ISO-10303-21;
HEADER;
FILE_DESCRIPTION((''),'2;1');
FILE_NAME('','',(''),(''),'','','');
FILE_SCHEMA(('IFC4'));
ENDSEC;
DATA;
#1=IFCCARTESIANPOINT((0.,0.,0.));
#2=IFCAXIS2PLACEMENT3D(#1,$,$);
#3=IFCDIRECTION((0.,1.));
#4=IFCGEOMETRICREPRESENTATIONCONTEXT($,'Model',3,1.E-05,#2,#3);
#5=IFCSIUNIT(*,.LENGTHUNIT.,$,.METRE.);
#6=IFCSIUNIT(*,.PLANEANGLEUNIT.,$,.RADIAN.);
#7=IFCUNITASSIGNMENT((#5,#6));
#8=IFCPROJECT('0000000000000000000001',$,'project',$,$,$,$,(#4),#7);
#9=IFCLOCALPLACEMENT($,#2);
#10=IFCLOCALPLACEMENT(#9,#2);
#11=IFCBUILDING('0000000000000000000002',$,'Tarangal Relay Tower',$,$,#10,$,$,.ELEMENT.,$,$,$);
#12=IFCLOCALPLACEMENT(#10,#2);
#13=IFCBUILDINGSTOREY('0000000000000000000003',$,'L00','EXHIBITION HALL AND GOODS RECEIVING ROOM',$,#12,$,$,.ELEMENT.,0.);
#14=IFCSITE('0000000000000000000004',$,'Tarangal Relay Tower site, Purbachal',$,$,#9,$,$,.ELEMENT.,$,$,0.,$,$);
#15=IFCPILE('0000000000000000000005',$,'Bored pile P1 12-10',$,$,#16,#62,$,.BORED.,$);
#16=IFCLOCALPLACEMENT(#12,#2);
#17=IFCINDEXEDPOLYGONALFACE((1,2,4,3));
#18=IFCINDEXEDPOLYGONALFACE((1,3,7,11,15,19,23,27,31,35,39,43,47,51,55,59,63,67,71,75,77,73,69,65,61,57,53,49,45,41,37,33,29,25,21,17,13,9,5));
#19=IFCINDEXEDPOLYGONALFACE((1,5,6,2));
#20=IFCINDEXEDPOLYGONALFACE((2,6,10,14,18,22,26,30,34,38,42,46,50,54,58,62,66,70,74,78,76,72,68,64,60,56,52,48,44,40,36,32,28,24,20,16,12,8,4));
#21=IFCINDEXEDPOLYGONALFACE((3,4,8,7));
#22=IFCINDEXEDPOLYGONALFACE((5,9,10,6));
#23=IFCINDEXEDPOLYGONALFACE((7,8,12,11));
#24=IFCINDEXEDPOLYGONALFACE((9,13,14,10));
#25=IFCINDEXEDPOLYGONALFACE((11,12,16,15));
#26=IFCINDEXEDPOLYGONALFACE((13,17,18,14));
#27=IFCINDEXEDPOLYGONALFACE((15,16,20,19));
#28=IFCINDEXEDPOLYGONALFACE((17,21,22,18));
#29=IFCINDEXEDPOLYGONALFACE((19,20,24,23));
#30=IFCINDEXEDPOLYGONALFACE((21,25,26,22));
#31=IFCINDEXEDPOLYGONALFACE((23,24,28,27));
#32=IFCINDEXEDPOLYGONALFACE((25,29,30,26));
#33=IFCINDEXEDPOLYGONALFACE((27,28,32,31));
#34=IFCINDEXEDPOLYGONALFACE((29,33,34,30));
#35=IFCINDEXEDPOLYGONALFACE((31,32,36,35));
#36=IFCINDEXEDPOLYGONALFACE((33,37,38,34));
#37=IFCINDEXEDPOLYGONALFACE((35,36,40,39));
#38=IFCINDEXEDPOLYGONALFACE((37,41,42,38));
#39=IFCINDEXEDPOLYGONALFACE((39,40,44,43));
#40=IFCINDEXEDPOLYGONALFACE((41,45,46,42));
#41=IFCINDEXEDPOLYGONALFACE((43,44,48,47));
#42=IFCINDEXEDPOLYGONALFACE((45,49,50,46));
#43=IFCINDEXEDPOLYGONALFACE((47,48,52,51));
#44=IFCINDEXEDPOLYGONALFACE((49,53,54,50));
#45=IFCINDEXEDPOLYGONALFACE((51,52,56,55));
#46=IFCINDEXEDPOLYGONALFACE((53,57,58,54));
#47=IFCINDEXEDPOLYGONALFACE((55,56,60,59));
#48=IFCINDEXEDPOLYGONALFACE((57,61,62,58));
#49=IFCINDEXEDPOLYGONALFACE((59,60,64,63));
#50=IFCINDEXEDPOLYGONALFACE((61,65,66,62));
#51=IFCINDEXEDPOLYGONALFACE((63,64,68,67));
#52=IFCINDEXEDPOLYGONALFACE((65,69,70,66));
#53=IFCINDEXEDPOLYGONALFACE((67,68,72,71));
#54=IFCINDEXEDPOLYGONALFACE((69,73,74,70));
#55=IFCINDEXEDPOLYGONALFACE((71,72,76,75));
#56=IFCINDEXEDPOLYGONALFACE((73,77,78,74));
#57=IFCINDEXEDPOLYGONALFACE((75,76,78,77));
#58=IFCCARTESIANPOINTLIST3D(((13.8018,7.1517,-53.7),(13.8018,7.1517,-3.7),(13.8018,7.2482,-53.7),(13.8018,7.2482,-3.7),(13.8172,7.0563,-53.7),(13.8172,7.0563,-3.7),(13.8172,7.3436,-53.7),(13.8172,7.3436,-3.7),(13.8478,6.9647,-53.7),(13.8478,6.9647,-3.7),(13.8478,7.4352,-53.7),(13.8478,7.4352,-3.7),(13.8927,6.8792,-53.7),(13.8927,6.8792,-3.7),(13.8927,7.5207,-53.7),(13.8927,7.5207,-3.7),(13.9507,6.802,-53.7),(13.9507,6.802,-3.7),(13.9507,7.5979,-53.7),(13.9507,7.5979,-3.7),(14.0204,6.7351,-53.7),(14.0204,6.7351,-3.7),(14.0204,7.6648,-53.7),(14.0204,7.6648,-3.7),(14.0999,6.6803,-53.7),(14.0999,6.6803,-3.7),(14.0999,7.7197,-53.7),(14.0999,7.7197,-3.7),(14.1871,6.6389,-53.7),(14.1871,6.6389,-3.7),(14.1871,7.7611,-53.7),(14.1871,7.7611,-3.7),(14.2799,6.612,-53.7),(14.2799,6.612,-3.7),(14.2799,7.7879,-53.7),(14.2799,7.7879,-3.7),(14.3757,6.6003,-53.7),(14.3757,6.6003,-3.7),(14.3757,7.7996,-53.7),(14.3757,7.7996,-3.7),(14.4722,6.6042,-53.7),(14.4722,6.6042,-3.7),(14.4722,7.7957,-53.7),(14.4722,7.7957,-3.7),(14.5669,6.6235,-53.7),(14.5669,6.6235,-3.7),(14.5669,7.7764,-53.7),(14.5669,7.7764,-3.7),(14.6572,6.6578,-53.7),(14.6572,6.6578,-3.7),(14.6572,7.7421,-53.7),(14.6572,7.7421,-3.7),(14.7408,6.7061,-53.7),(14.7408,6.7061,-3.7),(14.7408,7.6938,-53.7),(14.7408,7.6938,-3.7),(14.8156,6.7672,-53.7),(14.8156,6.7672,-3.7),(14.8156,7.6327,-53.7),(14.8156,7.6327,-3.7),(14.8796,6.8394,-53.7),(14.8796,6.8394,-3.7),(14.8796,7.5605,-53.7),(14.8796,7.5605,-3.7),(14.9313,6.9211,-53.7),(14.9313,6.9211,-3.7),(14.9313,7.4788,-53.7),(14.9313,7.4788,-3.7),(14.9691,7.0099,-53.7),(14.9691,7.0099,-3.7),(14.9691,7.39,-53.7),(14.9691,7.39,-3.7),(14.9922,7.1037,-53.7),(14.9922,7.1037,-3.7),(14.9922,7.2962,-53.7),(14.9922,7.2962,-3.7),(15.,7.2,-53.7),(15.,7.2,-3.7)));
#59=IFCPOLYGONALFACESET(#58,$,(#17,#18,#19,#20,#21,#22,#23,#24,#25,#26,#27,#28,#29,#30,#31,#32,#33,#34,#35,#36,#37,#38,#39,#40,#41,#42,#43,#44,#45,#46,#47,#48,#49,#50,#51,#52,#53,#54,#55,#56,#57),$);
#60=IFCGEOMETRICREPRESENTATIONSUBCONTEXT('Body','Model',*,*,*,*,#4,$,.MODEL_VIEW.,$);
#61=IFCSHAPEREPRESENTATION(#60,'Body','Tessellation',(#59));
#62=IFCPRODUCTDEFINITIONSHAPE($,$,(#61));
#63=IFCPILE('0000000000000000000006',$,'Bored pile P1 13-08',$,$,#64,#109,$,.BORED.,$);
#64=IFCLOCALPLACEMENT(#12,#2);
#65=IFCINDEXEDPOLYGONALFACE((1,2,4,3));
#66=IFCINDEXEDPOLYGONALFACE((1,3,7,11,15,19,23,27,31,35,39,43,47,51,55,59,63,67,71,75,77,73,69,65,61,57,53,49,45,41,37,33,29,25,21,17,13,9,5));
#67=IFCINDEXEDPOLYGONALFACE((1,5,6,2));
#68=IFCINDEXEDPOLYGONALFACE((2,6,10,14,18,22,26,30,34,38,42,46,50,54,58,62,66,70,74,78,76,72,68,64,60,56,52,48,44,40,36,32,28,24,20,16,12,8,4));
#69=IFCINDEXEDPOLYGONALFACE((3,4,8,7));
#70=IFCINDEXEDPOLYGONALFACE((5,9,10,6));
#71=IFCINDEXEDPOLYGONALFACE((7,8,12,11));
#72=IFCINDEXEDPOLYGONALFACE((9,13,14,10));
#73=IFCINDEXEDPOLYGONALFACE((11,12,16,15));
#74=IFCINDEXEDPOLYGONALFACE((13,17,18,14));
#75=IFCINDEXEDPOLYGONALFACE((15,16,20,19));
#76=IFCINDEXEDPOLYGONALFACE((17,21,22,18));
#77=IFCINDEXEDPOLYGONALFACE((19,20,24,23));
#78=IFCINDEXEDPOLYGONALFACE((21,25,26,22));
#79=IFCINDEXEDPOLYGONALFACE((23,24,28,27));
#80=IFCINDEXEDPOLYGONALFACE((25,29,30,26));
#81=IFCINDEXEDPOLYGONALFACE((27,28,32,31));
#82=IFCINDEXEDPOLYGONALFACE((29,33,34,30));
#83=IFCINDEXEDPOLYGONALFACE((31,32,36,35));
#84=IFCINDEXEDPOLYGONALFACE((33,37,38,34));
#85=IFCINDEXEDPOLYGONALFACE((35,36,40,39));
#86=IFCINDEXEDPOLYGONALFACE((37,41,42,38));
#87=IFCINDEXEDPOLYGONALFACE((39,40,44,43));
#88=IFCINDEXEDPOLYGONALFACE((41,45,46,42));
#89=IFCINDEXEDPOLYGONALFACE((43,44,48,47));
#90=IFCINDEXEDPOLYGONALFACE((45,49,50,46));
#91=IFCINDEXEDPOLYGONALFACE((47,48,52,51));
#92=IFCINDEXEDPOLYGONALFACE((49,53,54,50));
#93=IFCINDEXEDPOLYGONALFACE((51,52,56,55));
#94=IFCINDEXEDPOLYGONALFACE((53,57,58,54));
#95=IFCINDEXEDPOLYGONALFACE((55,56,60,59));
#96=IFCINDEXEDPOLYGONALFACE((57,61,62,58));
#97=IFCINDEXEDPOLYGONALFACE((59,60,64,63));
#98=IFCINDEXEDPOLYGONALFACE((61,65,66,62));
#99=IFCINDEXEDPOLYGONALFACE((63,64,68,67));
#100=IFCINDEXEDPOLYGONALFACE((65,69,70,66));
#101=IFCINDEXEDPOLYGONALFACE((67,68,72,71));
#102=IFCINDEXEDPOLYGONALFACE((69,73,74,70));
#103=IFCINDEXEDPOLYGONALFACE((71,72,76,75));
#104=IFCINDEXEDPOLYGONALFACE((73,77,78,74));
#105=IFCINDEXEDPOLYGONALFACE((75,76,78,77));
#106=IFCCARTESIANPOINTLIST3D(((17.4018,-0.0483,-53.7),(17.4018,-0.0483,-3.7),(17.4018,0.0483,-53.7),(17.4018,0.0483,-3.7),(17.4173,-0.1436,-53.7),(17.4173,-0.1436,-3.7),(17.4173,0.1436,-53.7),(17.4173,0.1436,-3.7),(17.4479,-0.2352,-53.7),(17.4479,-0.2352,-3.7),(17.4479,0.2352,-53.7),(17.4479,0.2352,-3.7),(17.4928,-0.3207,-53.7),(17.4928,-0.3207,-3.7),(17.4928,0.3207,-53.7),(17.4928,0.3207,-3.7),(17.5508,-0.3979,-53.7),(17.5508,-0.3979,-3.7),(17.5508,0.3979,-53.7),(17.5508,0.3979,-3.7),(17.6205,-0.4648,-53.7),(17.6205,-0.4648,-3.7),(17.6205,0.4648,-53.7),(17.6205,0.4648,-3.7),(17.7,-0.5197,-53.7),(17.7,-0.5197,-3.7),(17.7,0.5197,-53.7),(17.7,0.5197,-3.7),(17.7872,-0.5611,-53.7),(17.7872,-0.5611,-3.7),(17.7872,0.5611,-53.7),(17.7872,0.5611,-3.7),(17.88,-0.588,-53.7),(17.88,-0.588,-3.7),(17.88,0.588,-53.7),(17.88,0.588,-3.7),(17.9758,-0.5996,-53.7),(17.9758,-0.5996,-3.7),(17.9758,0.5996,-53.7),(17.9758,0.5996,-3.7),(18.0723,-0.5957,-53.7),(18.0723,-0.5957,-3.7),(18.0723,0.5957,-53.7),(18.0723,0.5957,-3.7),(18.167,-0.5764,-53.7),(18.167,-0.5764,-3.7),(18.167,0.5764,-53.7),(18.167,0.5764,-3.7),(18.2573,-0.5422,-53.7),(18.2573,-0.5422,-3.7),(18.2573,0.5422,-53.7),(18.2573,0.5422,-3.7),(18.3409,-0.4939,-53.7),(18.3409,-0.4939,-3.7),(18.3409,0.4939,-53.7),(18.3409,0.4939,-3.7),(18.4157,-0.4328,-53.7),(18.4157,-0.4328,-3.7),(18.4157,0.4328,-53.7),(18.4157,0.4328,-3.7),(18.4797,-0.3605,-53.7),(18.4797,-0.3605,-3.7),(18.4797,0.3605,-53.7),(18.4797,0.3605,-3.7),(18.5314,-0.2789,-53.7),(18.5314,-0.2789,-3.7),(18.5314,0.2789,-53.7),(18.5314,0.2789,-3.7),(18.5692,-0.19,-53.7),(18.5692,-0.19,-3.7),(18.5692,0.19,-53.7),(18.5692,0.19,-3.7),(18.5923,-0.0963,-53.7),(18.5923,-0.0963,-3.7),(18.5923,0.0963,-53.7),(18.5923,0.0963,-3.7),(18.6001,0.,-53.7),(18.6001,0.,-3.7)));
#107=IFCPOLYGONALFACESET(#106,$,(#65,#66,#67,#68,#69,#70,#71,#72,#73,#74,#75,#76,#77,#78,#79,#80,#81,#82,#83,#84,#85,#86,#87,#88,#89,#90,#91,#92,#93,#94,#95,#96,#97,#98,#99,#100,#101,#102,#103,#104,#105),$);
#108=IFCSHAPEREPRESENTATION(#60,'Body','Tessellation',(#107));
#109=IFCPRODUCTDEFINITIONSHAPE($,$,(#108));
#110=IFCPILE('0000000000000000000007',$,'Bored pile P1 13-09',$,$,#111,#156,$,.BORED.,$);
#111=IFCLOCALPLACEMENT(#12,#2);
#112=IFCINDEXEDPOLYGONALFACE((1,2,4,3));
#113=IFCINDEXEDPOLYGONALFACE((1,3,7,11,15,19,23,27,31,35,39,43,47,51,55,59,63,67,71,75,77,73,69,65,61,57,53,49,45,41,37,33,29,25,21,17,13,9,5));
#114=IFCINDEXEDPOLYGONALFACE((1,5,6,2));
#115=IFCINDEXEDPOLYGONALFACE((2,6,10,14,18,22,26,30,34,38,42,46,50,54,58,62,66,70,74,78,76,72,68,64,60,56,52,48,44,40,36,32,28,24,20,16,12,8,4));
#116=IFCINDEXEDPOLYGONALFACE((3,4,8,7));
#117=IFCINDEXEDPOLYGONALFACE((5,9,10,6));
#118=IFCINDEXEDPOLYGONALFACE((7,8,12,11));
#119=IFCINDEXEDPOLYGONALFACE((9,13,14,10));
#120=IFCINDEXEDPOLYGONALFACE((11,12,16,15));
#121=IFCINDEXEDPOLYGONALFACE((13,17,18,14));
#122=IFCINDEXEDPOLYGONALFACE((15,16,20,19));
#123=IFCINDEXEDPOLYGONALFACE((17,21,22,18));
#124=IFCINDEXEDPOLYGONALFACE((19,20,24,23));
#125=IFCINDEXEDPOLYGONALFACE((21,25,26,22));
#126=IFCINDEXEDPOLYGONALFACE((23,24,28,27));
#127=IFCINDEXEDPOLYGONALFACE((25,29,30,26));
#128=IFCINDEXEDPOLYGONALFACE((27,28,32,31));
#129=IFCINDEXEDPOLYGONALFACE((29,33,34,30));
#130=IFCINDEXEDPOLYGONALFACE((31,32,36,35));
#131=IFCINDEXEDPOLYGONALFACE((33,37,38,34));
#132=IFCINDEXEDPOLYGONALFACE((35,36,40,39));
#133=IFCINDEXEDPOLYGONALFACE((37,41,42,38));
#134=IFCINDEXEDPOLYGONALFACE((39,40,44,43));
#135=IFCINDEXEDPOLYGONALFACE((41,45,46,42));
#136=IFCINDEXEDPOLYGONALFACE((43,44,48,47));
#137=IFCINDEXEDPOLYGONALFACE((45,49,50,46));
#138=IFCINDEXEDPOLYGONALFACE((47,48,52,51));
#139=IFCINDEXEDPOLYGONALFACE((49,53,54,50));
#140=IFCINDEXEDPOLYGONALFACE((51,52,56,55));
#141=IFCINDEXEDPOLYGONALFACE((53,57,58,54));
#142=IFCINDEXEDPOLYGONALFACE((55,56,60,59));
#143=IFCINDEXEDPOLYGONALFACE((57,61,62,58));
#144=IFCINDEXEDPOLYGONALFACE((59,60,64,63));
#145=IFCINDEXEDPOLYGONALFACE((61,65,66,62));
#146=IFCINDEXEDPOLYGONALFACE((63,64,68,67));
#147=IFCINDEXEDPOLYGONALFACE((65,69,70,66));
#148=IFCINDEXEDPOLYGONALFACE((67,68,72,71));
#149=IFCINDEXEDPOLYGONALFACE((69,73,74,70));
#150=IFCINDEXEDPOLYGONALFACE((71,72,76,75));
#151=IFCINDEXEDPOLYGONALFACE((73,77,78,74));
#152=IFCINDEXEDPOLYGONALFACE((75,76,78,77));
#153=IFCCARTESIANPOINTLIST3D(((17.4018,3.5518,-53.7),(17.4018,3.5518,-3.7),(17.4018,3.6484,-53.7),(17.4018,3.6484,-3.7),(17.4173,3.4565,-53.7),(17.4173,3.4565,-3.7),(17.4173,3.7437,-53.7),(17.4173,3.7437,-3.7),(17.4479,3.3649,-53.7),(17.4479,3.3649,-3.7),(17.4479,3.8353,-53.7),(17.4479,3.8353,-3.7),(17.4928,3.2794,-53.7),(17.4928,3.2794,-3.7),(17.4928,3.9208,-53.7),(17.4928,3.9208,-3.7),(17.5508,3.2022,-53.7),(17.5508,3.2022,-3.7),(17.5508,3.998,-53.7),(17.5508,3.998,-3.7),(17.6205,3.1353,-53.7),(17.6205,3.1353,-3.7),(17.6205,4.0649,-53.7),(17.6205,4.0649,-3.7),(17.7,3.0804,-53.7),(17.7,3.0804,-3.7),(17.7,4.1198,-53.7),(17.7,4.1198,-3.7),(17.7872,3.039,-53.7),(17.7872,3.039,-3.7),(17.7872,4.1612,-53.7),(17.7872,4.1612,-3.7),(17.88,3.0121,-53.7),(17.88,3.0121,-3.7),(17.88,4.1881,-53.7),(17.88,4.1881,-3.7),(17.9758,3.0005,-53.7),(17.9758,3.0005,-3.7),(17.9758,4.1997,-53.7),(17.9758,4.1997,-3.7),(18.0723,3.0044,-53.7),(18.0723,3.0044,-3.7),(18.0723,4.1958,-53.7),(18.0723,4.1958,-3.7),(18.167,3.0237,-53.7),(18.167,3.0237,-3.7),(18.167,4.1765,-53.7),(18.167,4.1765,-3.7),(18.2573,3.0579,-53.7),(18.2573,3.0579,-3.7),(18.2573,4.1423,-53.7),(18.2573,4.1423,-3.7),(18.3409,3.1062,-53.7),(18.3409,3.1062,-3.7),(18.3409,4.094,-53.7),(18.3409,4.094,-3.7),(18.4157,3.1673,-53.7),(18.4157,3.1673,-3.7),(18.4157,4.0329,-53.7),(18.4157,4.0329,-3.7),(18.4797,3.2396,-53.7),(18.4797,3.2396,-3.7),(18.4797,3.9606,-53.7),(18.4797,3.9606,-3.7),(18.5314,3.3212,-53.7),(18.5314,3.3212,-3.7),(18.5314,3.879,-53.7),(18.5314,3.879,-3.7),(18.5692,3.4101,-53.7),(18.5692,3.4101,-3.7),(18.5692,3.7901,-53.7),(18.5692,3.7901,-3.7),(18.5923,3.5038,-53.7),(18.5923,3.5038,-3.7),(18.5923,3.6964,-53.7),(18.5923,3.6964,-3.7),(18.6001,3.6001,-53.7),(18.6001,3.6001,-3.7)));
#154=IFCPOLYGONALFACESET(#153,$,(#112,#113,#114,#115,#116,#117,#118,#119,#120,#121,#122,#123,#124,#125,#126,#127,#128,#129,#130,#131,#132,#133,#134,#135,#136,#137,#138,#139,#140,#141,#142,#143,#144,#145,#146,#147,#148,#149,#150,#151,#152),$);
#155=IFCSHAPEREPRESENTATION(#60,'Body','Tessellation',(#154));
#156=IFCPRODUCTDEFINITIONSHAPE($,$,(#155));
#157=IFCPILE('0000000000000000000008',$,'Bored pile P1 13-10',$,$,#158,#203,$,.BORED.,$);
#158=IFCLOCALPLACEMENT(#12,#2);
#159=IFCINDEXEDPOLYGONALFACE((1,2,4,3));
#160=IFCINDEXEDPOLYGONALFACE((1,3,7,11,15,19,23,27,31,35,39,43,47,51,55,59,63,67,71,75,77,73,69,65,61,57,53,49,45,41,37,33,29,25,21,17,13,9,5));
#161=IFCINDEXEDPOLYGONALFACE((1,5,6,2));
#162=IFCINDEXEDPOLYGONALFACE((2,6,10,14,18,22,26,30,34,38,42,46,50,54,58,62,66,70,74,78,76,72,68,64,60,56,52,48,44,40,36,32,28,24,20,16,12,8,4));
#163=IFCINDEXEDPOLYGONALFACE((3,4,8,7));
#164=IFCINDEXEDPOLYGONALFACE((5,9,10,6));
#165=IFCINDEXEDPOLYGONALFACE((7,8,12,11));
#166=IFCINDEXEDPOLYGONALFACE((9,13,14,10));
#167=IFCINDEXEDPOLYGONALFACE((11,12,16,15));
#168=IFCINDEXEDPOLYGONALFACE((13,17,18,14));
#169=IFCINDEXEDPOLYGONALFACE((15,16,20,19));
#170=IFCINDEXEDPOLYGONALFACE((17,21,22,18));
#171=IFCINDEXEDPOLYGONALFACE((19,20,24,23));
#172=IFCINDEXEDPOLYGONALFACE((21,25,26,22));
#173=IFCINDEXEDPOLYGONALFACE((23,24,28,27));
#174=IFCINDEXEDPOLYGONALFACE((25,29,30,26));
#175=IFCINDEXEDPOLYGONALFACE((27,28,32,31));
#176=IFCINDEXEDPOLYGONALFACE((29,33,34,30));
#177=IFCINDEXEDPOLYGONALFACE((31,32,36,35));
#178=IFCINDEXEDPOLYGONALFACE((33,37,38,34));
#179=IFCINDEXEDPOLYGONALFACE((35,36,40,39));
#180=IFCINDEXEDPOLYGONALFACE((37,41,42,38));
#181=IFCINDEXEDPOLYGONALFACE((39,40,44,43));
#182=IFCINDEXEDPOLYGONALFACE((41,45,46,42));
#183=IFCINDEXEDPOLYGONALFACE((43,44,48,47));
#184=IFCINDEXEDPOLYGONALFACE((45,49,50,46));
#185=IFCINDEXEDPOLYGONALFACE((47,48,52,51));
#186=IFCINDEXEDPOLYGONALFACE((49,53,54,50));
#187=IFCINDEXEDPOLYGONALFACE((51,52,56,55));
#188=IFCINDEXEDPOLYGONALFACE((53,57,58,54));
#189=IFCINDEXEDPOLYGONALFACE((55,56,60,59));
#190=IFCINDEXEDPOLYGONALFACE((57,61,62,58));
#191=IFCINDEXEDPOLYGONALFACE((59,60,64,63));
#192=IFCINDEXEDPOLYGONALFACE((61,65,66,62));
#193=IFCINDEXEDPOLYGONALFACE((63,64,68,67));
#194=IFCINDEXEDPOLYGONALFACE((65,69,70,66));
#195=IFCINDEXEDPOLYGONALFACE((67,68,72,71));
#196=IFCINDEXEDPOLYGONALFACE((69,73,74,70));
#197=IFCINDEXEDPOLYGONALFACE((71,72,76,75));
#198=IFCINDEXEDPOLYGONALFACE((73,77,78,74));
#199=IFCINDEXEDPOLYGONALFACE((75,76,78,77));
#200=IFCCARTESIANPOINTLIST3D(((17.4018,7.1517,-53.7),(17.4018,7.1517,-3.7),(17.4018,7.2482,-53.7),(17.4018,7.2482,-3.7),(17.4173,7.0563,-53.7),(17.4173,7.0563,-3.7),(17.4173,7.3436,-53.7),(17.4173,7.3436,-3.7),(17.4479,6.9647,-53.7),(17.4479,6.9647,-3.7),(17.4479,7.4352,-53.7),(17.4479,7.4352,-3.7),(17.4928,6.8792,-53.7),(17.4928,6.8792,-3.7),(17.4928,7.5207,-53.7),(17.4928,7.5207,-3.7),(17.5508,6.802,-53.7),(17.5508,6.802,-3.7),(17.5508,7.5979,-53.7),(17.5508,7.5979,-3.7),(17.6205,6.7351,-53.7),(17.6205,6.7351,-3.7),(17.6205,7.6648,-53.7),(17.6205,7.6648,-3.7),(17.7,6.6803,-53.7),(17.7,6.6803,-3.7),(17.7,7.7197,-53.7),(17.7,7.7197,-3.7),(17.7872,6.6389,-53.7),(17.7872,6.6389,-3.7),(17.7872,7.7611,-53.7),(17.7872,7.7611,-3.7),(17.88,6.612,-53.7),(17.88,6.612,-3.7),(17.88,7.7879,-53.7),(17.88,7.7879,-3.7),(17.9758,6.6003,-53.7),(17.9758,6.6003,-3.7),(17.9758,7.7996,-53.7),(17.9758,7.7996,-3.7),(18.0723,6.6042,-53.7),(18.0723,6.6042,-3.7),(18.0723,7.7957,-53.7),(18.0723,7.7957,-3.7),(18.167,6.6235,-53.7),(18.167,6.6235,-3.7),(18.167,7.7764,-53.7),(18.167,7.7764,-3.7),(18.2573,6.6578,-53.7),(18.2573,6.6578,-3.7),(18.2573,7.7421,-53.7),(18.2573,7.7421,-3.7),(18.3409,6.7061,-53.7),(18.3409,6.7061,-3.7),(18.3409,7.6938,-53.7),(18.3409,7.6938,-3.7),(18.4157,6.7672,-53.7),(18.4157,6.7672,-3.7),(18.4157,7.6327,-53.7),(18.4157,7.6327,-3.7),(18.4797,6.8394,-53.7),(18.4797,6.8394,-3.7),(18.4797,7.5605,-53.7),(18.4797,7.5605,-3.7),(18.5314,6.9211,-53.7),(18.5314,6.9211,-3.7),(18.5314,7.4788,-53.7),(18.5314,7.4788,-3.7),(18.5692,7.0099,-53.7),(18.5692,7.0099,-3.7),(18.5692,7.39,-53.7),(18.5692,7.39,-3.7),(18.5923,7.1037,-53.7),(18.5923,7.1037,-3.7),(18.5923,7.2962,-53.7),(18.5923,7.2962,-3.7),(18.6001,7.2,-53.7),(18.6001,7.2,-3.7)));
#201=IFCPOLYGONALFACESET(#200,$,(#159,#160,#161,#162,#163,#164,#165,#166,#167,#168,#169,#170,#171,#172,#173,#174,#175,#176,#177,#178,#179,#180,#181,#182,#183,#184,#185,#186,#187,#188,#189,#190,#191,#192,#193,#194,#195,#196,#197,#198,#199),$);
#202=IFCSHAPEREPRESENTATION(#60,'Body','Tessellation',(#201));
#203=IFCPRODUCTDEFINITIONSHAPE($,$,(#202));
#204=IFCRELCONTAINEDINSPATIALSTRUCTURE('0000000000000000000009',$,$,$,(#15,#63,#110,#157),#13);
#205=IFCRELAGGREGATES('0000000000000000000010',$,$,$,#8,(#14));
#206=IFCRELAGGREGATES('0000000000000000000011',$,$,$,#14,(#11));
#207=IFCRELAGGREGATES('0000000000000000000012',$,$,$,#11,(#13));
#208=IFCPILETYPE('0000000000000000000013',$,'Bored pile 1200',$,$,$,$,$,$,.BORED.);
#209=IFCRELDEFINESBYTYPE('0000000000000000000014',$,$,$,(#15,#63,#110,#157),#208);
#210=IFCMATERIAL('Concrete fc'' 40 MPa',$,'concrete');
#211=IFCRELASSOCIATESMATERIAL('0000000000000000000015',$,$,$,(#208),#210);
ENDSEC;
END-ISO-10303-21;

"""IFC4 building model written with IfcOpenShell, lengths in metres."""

from ifc_helpers import new_model, si_unit, direction, frame, origin, origin_2d, place, context, subcontext, project, spatial, circle, extrude, material, material_profile, profile_set, type_object, element, save


model = new_model("IFC4")

# Units and contexts
model_context = context("Model", 3, precision=1e-05, world=origin(), true_north=direction((0.0, 1.0)))
body_context = subcontext(model_context, "Body", "Model", "MODEL_VIEW")
ifc_project = project(units=[si_unit("LENGTHUNIT", "METRE"), si_unit("PLANEANGLEUNIT", "RADIAN")], contexts=[model_context])

# Site, building, storey
site_placement = place(None, origin())
site = spatial("IfcSite", under=ifc_project, at=site_placement, Name="Tarangal Relay Tower site, Purbachal", CompositionType="ELEMENT", RefElevation=0.0)
building_placement = place(site_placement, origin())
building = spatial("IfcBuilding", under=site, at=building_placement, Name="Tarangal Relay Tower", CompositionType="ELEMENT")
storey_placement = place(building_placement, origin())
storey = spatial("IfcBuildingStorey", under=building, at=storey_placement, Name="L00", Description="EXHIBITION HALL AND GOODS RECEIVING ROOM", CompositionType="ELEMENT", Elevation=0.0)

# Piles
ifc_material_1 = material(Name="Concrete fc' 40 MPa", Category="concrete")
ifc_material_profile = material_profile(ifc_material_1, circle(Radius=0.6001, at=origin_2d()), Name="D1200")
ifc_profile_set = profile_set([ifc_material_profile], Name="Concrete fc' 40 MPa")
pile_type = type_object("IfcPileType", Name="Bored pile 1200", PredefinedType="BORED", material=ifc_profile_set)
for number, where, z_axis, x_axis, name in (
    (1, (14.3999, 7.2, -3.7), (0.0, 0.0, -1.0), (1.0, 0.0, 0.0), "Bored pile P1 12-10"),
    (2, (18.0, 0.0, -3.7), (0.0, 0.0, -1.0), (1.0, 0.0, 0.0), "Bored pile P1 13-08"),
    (3, (18.0, 3.6001, -3.7), (0.0, 0.0, -1.0), (1.0, 0.0, 0.0), "Bored pile P1 13-09"),
    (4, (18.0, 7.2, -3.7), (0.0, 0.0, -1.0), (1.0, 0.0, 0.0), "Bored pile P1 13-10"),
):
    element("IfcPile", number, at=place(storey_placement, frame(where, z_axis=z_axis, x_axis=x_axis)), inside=storey, type_object=pile_type, Name=name, PredefinedType="BORED", context=body_context, shape_type="SweptSolid", body=[
        extrude(circle(Radius=0.6001, at=origin_2d()), origin(), (0.0, 0.0, 1.0), 50.0),
    ])

save(model, "model.ifc")
